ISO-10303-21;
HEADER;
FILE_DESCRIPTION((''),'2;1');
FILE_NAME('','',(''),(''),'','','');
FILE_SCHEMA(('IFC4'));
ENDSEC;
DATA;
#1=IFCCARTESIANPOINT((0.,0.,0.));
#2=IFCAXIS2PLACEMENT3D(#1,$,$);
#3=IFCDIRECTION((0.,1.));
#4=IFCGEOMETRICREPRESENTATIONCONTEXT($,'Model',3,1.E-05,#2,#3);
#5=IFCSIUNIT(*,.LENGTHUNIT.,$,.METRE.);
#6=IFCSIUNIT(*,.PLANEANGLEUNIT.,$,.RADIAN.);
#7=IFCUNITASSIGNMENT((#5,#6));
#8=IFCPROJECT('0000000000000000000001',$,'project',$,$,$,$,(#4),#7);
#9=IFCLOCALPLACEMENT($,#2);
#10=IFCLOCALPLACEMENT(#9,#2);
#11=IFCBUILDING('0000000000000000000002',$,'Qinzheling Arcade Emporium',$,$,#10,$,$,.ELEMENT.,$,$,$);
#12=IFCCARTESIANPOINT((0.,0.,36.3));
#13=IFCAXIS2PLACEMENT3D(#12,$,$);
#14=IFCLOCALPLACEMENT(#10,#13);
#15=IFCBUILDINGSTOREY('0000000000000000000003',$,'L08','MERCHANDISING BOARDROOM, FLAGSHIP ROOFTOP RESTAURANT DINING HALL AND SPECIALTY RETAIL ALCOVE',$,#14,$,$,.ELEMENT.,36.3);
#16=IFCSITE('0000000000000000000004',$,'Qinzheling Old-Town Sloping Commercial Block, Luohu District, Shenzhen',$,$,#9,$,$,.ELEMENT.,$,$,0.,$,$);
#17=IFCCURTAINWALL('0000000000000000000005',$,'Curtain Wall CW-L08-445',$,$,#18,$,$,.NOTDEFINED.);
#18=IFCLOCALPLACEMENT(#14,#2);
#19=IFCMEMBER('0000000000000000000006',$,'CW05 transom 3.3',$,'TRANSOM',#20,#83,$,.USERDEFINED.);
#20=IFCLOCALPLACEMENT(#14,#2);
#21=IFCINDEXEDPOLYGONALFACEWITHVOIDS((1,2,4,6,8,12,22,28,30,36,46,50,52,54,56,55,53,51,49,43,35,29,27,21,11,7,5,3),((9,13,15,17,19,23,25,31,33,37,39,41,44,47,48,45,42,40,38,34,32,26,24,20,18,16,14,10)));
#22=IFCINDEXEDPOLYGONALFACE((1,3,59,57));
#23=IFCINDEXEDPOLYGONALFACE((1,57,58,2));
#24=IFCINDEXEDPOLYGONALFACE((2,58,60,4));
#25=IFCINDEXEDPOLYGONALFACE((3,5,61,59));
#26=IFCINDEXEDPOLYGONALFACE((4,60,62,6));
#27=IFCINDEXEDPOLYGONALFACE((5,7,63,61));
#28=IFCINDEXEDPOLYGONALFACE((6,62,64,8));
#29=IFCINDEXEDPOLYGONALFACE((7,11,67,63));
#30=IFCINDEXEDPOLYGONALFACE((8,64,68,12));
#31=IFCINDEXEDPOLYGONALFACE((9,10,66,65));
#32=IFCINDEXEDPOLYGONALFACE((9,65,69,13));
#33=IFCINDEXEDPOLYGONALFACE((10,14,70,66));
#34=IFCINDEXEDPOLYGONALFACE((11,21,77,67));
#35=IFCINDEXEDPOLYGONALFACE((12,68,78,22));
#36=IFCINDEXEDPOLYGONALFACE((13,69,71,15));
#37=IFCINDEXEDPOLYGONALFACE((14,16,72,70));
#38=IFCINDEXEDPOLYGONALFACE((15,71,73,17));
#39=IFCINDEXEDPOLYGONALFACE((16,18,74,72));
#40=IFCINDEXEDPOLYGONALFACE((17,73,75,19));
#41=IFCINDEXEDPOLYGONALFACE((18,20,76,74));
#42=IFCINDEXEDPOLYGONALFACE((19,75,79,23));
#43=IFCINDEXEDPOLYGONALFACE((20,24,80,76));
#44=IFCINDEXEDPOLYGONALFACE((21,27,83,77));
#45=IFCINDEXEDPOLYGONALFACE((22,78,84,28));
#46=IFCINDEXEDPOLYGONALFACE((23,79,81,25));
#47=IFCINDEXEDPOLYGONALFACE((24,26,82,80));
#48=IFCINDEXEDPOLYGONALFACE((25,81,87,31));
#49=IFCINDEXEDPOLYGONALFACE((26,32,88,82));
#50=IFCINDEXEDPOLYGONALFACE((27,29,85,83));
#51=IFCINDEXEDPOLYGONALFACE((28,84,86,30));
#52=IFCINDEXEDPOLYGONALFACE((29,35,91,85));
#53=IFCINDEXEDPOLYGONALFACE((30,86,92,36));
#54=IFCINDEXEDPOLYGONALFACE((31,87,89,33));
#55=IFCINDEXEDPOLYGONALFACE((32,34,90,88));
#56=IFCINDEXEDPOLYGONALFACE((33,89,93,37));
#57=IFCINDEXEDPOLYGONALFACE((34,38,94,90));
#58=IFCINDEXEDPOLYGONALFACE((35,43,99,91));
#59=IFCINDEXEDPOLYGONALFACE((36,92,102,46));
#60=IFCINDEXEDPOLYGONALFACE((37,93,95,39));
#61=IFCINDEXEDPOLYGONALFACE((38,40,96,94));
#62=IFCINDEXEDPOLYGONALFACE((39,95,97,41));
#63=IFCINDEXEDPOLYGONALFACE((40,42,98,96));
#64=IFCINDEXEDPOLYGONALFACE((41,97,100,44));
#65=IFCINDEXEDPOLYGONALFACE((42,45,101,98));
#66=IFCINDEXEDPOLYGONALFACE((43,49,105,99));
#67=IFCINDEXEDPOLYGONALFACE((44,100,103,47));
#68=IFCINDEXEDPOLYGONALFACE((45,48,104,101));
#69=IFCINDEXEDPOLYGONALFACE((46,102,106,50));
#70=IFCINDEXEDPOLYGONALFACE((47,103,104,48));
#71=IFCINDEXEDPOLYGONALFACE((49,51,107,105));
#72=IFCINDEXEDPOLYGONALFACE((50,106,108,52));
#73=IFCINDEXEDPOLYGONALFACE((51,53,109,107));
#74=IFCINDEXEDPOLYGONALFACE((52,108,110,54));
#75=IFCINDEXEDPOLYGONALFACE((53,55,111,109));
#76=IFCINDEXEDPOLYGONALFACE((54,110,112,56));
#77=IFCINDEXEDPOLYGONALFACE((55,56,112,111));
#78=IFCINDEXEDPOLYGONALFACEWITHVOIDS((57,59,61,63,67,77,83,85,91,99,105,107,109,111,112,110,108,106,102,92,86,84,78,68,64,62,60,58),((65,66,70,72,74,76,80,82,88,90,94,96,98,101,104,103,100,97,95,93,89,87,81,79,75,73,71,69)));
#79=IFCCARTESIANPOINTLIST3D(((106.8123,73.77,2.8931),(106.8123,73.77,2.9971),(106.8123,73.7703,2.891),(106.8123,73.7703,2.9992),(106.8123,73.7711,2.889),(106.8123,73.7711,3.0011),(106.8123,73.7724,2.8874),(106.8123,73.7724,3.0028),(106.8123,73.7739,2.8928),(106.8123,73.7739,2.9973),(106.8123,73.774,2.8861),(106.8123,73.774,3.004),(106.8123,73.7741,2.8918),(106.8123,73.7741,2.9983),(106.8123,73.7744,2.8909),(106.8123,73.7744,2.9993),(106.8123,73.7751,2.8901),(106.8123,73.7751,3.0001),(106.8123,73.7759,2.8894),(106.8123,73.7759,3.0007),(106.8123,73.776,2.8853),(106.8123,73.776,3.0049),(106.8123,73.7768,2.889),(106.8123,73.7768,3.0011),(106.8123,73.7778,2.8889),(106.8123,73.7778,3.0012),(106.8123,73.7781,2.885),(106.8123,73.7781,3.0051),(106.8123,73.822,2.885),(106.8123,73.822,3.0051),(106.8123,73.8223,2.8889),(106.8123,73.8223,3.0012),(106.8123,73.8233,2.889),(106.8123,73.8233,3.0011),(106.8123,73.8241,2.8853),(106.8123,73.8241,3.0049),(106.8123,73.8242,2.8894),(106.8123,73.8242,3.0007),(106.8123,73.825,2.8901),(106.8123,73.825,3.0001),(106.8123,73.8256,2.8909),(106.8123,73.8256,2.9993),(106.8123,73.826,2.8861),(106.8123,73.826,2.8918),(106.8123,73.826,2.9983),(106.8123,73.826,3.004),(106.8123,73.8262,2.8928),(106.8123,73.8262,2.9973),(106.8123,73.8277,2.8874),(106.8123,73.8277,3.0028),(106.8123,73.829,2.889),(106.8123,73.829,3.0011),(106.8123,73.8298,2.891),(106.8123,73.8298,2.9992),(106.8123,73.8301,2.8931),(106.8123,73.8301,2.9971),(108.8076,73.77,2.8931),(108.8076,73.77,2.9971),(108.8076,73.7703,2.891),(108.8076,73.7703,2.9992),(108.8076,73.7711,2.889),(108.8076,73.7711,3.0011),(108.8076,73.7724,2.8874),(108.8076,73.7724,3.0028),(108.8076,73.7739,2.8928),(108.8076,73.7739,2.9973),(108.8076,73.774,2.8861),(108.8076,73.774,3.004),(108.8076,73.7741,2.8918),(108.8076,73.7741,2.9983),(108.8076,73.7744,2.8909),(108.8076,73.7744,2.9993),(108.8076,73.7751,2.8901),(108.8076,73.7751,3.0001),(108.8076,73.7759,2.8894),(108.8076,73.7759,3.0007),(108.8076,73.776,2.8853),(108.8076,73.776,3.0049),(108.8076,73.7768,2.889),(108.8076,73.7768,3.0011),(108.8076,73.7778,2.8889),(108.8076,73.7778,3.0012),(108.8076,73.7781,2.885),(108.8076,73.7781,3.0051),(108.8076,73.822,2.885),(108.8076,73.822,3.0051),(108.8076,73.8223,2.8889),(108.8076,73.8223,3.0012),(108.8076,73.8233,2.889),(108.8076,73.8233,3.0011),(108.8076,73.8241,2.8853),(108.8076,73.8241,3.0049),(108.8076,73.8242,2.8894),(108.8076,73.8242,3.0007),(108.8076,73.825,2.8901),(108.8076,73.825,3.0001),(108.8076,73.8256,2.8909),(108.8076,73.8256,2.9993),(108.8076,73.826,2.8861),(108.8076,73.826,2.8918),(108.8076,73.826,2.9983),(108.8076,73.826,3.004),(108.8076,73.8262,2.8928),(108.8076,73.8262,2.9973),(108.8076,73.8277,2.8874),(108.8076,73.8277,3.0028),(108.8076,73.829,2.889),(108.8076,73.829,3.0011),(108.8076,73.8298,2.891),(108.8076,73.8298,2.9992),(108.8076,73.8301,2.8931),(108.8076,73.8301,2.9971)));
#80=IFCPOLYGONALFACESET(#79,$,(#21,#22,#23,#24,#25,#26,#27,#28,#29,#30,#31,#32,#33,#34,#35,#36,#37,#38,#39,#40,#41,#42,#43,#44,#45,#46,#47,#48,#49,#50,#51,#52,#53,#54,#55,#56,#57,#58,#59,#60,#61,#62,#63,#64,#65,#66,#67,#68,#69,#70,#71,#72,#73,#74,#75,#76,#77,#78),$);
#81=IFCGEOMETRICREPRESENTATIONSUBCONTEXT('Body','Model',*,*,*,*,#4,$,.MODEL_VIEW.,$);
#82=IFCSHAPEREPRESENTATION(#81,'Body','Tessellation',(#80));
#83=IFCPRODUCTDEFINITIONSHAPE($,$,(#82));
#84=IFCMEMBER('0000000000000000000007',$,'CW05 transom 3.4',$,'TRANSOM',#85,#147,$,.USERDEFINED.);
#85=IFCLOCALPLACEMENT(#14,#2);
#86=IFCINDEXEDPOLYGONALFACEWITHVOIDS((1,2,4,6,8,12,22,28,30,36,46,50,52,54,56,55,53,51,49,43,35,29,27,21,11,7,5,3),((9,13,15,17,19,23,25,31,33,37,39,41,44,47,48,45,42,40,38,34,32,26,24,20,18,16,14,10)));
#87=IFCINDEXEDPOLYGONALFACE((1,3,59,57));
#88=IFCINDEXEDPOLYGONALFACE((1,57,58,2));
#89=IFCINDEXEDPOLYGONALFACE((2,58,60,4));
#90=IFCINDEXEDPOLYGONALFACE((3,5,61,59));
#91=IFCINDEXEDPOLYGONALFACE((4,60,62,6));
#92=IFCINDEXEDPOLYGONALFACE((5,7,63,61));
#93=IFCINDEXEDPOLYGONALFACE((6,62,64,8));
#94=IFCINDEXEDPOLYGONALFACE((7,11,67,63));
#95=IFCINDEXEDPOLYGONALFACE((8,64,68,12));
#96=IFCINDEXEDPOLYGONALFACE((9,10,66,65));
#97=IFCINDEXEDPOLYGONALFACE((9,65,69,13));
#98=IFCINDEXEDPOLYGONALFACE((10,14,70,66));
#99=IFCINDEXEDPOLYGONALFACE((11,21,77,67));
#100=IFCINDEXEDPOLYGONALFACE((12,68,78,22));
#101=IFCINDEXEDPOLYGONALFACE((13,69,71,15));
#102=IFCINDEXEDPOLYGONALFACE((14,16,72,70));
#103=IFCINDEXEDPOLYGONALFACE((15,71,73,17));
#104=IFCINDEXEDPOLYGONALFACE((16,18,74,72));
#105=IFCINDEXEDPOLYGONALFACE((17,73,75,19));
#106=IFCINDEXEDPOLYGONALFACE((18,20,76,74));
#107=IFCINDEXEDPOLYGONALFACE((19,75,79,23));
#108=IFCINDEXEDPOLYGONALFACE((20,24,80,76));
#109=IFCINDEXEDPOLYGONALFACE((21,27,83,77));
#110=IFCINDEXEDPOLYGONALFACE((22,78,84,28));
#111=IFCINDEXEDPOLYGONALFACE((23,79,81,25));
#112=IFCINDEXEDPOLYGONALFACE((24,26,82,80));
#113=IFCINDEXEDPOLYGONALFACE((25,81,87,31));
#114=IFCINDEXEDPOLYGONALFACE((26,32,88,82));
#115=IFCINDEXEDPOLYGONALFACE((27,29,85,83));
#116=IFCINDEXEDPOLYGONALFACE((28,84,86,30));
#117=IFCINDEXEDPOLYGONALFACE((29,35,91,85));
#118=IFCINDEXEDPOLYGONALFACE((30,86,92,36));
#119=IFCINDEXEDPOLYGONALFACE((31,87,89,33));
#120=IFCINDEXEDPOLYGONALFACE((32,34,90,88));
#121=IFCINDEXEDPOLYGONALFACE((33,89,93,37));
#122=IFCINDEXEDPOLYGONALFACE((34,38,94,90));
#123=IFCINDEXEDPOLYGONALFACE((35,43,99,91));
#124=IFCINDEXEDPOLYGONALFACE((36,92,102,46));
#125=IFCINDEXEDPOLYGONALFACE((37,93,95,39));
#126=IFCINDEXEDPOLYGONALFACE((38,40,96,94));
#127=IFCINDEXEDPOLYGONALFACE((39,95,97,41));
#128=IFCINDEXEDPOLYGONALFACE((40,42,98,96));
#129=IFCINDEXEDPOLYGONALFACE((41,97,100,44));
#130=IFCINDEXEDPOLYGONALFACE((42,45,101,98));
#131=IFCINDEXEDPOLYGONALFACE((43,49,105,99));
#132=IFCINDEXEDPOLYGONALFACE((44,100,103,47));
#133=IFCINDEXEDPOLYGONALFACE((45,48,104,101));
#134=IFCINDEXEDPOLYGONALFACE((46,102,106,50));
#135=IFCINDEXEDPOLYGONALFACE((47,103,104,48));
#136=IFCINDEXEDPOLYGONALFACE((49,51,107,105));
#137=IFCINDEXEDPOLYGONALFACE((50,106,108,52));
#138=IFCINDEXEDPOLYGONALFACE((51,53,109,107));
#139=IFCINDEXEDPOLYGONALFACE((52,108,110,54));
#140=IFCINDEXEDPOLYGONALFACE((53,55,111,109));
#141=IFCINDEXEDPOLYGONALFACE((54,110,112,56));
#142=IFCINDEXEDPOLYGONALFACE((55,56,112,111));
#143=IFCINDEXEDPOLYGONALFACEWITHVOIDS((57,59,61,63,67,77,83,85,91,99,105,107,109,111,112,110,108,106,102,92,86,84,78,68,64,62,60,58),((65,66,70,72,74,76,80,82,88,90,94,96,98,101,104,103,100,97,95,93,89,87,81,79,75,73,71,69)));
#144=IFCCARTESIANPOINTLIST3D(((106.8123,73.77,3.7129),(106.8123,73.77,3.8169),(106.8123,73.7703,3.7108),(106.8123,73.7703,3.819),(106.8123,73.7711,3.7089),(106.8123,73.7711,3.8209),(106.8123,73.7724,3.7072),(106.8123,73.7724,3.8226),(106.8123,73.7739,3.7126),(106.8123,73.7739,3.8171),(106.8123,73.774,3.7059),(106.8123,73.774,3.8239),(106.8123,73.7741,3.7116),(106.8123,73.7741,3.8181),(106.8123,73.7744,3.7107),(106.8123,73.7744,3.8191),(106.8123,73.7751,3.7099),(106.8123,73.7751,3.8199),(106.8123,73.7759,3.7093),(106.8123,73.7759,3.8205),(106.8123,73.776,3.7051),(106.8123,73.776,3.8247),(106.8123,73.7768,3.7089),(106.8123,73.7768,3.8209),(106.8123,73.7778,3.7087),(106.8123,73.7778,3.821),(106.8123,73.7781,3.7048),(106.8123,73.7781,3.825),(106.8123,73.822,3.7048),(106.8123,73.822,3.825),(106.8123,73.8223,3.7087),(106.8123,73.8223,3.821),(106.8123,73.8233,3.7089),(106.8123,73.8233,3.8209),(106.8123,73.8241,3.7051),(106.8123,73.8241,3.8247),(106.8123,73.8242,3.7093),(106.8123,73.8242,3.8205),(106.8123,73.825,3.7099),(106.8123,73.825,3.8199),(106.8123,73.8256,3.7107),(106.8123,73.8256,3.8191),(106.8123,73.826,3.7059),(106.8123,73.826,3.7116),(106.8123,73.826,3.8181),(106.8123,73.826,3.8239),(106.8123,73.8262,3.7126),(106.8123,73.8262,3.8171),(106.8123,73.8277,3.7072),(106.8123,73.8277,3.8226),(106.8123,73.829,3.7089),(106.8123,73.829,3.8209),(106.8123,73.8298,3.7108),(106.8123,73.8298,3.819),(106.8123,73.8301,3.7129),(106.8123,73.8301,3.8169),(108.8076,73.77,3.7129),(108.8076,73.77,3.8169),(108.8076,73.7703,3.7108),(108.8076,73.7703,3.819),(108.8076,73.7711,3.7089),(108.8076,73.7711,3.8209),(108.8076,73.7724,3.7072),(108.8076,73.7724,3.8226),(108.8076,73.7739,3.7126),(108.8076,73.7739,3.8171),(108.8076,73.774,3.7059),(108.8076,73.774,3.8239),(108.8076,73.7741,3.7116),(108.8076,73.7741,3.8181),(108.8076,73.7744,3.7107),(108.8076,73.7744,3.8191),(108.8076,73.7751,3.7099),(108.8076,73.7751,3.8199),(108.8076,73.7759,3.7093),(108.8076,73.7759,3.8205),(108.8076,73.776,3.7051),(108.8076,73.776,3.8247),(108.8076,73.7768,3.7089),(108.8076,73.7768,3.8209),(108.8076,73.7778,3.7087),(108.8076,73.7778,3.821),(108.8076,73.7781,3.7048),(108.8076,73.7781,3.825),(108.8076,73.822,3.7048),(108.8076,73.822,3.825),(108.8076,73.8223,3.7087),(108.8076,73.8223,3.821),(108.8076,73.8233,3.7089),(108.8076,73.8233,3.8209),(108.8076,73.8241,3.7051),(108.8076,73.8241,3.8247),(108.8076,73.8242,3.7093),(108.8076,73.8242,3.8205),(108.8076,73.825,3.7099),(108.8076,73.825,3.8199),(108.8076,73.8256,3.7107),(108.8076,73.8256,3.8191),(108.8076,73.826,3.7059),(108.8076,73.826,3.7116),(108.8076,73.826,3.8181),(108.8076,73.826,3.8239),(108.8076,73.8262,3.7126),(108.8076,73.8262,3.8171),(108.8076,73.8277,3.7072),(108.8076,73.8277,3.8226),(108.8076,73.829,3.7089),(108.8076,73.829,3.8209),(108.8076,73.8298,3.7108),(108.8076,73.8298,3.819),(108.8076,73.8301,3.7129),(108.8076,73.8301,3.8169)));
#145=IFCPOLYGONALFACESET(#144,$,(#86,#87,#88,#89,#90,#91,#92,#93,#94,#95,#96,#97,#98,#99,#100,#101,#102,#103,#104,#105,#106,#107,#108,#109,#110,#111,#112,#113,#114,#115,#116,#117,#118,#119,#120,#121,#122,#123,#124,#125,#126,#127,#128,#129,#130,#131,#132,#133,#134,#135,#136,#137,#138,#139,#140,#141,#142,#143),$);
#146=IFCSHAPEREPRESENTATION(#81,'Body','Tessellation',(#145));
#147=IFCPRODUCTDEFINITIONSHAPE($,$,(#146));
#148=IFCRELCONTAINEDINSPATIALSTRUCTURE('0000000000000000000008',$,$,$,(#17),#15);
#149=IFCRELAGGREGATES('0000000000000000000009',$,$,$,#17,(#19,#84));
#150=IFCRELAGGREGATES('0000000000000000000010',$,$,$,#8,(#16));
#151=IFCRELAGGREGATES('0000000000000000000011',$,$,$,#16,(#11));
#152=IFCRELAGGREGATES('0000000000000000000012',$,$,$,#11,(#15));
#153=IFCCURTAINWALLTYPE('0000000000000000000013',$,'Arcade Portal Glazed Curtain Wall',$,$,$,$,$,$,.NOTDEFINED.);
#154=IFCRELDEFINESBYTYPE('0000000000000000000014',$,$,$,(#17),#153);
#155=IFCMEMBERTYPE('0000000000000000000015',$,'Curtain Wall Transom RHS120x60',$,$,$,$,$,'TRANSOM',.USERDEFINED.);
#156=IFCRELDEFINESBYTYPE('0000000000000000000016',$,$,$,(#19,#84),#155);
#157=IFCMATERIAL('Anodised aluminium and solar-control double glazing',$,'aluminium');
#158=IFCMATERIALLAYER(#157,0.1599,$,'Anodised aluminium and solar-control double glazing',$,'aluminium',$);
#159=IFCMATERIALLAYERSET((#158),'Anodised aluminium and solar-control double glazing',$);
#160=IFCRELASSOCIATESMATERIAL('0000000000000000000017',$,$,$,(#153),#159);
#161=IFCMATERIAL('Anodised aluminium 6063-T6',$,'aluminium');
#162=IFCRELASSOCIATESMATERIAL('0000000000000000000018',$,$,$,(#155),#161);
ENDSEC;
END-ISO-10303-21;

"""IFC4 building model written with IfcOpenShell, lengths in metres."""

from ifc_helpers import new_model, si_unit, direction, frame, origin, origin_2d, place, context, subcontext, project, spatial, hollow_rectangle, extrude, material, layer, layer_set, material_profile, profile_set, type_object, element, aggregate, save


model = new_model("IFC4")

# Units and contexts
model_context = context("Model", 3, precision=1e-05, world=origin(), true_north=direction((0.0, 1.0)))
body_context = subcontext(model_context, "Body", "Model", "MODEL_VIEW")
ifc_project = project(units=[si_unit("LENGTHUNIT", "METRE"), si_unit("PLANEANGLEUNIT", "RADIAN")], contexts=[model_context])

# Site, building, storey
site_placement = place(None, origin())
site = spatial("IfcSite", under=ifc_project, at=site_placement, Name="Qinzheling Old-Town Sloping Commercial Block, Luohu District, Shenzhen", CompositionType="ELEMENT", RefElevation=0.0)
building_placement = place(site_placement, origin())
building = spatial("IfcBuilding", under=site, at=building_placement, Name="Qinzheling Arcade Emporium", CompositionType="ELEMENT")
storey_placement = place(building_placement, frame((0.0, 0.0, 36.3)))
storey = spatial("IfcBuildingStorey", under=building, at=storey_placement, Name="L08", Description="MERCHANDISING BOARDROOM, FLAGSHIP ROOFTOP RESTAURANT DINING HALL AND SPECIALTY RETAIL ALCOVE", CompositionType="ELEMENT", Elevation=36.3)

# Curtain wall, members
ifc_material_1 = material(Name="Anodised aluminium and solar-control double glazing", Category="aluminium")
ifc_layer_1 = layer(ifc_material_1, 0.1599, Name="Anodised aluminium and solar-control double glazing", Category="aluminium")
ifc_layer_set_1 = layer_set([ifc_layer_1], Name="Anodised aluminium and solar-control double glazing")
curtain_wall_type = type_object("IfcCurtainWallType", Name="Arcade Portal Glazed Curtain Wall", PredefinedType="NOTDEFINED", material=ifc_layer_set_1)
curtain_wall_placement = place(storey_placement, origin())
curtain_wall = element("IfcCurtainWall", 1, at=curtain_wall_placement, inside=storey, type_object=curtain_wall_type, Name="Curtain Wall CW-L08-445", PredefinedType="NOTDEFINED")
ifc_material_2 = material(Name="Anodised aluminium 6063-T6", Category="aluminium")
ifc_material_profile_1 = material_profile(ifc_material_2, hollow_rectangle(XDim=0.0601, YDim=0.1201, WallThickness=0.0039, InnerFilletRadius=0.0039, OuterFilletRadius=0.0081, at=origin_2d()), Name="RHS 120x60x4", Category="aluminium")
ifc_profile_set_1 = profile_set([ifc_material_profile_1], Name="Anodised aluminium 6063-T6")
member_type_1 = type_object("IfcMemberType", Name="Curtain Wall Transom RHS120x60", ElementType="TRANSOM", PredefinedType="USERDEFINED", material=ifc_profile_set_1)
member_1_placement = place(storey_placement, frame((108.8076, 73.8, 2.9451), z_axis=(-1.0, 0.0, 0.0), x_axis=(0.0, -1.0, 0.0)))
member_1 = element("IfcMember", 2, at=member_1_placement, type_object=member_type_1, Name="CW05 transom 3.3", ObjectType="TRANSOM", PredefinedType="USERDEFINED", context=body_context, shape_type="SweptSolid", body=[
    extrude(hollow_rectangle(XDim=0.0601, YDim=0.1201, WallThickness=0.0039, InnerFilletRadius=0.0039, OuterFilletRadius=0.0081, at=origin_2d()), origin(), (0.0, 0.0, 1.0), 1.9954),
])
member_2_placement = place(storey_placement, frame((108.8076, 73.8, 3.7649), z_axis=(-1.0, 0.0, 0.0), x_axis=(0.0, -1.0, 0.0)))
member_2 = element("IfcMember", 3, at=member_2_placement, type_object=member_type_1, Name="CW05 transom 3.4", ObjectType="TRANSOM", PredefinedType="USERDEFINED", context=body_context, shape_type="SweptSolid", body=[
    extrude(hollow_rectangle(XDim=0.0601, YDim=0.1201, WallThickness=0.0039, InnerFilletRadius=0.0039, OuterFilletRadius=0.0081, at=origin_2d()), origin(), (0.0, 0.0, 1.0), 1.9954),
])

aggregate(curtain_wall, [member_1, member_2])

save(model, "model.ifc")
